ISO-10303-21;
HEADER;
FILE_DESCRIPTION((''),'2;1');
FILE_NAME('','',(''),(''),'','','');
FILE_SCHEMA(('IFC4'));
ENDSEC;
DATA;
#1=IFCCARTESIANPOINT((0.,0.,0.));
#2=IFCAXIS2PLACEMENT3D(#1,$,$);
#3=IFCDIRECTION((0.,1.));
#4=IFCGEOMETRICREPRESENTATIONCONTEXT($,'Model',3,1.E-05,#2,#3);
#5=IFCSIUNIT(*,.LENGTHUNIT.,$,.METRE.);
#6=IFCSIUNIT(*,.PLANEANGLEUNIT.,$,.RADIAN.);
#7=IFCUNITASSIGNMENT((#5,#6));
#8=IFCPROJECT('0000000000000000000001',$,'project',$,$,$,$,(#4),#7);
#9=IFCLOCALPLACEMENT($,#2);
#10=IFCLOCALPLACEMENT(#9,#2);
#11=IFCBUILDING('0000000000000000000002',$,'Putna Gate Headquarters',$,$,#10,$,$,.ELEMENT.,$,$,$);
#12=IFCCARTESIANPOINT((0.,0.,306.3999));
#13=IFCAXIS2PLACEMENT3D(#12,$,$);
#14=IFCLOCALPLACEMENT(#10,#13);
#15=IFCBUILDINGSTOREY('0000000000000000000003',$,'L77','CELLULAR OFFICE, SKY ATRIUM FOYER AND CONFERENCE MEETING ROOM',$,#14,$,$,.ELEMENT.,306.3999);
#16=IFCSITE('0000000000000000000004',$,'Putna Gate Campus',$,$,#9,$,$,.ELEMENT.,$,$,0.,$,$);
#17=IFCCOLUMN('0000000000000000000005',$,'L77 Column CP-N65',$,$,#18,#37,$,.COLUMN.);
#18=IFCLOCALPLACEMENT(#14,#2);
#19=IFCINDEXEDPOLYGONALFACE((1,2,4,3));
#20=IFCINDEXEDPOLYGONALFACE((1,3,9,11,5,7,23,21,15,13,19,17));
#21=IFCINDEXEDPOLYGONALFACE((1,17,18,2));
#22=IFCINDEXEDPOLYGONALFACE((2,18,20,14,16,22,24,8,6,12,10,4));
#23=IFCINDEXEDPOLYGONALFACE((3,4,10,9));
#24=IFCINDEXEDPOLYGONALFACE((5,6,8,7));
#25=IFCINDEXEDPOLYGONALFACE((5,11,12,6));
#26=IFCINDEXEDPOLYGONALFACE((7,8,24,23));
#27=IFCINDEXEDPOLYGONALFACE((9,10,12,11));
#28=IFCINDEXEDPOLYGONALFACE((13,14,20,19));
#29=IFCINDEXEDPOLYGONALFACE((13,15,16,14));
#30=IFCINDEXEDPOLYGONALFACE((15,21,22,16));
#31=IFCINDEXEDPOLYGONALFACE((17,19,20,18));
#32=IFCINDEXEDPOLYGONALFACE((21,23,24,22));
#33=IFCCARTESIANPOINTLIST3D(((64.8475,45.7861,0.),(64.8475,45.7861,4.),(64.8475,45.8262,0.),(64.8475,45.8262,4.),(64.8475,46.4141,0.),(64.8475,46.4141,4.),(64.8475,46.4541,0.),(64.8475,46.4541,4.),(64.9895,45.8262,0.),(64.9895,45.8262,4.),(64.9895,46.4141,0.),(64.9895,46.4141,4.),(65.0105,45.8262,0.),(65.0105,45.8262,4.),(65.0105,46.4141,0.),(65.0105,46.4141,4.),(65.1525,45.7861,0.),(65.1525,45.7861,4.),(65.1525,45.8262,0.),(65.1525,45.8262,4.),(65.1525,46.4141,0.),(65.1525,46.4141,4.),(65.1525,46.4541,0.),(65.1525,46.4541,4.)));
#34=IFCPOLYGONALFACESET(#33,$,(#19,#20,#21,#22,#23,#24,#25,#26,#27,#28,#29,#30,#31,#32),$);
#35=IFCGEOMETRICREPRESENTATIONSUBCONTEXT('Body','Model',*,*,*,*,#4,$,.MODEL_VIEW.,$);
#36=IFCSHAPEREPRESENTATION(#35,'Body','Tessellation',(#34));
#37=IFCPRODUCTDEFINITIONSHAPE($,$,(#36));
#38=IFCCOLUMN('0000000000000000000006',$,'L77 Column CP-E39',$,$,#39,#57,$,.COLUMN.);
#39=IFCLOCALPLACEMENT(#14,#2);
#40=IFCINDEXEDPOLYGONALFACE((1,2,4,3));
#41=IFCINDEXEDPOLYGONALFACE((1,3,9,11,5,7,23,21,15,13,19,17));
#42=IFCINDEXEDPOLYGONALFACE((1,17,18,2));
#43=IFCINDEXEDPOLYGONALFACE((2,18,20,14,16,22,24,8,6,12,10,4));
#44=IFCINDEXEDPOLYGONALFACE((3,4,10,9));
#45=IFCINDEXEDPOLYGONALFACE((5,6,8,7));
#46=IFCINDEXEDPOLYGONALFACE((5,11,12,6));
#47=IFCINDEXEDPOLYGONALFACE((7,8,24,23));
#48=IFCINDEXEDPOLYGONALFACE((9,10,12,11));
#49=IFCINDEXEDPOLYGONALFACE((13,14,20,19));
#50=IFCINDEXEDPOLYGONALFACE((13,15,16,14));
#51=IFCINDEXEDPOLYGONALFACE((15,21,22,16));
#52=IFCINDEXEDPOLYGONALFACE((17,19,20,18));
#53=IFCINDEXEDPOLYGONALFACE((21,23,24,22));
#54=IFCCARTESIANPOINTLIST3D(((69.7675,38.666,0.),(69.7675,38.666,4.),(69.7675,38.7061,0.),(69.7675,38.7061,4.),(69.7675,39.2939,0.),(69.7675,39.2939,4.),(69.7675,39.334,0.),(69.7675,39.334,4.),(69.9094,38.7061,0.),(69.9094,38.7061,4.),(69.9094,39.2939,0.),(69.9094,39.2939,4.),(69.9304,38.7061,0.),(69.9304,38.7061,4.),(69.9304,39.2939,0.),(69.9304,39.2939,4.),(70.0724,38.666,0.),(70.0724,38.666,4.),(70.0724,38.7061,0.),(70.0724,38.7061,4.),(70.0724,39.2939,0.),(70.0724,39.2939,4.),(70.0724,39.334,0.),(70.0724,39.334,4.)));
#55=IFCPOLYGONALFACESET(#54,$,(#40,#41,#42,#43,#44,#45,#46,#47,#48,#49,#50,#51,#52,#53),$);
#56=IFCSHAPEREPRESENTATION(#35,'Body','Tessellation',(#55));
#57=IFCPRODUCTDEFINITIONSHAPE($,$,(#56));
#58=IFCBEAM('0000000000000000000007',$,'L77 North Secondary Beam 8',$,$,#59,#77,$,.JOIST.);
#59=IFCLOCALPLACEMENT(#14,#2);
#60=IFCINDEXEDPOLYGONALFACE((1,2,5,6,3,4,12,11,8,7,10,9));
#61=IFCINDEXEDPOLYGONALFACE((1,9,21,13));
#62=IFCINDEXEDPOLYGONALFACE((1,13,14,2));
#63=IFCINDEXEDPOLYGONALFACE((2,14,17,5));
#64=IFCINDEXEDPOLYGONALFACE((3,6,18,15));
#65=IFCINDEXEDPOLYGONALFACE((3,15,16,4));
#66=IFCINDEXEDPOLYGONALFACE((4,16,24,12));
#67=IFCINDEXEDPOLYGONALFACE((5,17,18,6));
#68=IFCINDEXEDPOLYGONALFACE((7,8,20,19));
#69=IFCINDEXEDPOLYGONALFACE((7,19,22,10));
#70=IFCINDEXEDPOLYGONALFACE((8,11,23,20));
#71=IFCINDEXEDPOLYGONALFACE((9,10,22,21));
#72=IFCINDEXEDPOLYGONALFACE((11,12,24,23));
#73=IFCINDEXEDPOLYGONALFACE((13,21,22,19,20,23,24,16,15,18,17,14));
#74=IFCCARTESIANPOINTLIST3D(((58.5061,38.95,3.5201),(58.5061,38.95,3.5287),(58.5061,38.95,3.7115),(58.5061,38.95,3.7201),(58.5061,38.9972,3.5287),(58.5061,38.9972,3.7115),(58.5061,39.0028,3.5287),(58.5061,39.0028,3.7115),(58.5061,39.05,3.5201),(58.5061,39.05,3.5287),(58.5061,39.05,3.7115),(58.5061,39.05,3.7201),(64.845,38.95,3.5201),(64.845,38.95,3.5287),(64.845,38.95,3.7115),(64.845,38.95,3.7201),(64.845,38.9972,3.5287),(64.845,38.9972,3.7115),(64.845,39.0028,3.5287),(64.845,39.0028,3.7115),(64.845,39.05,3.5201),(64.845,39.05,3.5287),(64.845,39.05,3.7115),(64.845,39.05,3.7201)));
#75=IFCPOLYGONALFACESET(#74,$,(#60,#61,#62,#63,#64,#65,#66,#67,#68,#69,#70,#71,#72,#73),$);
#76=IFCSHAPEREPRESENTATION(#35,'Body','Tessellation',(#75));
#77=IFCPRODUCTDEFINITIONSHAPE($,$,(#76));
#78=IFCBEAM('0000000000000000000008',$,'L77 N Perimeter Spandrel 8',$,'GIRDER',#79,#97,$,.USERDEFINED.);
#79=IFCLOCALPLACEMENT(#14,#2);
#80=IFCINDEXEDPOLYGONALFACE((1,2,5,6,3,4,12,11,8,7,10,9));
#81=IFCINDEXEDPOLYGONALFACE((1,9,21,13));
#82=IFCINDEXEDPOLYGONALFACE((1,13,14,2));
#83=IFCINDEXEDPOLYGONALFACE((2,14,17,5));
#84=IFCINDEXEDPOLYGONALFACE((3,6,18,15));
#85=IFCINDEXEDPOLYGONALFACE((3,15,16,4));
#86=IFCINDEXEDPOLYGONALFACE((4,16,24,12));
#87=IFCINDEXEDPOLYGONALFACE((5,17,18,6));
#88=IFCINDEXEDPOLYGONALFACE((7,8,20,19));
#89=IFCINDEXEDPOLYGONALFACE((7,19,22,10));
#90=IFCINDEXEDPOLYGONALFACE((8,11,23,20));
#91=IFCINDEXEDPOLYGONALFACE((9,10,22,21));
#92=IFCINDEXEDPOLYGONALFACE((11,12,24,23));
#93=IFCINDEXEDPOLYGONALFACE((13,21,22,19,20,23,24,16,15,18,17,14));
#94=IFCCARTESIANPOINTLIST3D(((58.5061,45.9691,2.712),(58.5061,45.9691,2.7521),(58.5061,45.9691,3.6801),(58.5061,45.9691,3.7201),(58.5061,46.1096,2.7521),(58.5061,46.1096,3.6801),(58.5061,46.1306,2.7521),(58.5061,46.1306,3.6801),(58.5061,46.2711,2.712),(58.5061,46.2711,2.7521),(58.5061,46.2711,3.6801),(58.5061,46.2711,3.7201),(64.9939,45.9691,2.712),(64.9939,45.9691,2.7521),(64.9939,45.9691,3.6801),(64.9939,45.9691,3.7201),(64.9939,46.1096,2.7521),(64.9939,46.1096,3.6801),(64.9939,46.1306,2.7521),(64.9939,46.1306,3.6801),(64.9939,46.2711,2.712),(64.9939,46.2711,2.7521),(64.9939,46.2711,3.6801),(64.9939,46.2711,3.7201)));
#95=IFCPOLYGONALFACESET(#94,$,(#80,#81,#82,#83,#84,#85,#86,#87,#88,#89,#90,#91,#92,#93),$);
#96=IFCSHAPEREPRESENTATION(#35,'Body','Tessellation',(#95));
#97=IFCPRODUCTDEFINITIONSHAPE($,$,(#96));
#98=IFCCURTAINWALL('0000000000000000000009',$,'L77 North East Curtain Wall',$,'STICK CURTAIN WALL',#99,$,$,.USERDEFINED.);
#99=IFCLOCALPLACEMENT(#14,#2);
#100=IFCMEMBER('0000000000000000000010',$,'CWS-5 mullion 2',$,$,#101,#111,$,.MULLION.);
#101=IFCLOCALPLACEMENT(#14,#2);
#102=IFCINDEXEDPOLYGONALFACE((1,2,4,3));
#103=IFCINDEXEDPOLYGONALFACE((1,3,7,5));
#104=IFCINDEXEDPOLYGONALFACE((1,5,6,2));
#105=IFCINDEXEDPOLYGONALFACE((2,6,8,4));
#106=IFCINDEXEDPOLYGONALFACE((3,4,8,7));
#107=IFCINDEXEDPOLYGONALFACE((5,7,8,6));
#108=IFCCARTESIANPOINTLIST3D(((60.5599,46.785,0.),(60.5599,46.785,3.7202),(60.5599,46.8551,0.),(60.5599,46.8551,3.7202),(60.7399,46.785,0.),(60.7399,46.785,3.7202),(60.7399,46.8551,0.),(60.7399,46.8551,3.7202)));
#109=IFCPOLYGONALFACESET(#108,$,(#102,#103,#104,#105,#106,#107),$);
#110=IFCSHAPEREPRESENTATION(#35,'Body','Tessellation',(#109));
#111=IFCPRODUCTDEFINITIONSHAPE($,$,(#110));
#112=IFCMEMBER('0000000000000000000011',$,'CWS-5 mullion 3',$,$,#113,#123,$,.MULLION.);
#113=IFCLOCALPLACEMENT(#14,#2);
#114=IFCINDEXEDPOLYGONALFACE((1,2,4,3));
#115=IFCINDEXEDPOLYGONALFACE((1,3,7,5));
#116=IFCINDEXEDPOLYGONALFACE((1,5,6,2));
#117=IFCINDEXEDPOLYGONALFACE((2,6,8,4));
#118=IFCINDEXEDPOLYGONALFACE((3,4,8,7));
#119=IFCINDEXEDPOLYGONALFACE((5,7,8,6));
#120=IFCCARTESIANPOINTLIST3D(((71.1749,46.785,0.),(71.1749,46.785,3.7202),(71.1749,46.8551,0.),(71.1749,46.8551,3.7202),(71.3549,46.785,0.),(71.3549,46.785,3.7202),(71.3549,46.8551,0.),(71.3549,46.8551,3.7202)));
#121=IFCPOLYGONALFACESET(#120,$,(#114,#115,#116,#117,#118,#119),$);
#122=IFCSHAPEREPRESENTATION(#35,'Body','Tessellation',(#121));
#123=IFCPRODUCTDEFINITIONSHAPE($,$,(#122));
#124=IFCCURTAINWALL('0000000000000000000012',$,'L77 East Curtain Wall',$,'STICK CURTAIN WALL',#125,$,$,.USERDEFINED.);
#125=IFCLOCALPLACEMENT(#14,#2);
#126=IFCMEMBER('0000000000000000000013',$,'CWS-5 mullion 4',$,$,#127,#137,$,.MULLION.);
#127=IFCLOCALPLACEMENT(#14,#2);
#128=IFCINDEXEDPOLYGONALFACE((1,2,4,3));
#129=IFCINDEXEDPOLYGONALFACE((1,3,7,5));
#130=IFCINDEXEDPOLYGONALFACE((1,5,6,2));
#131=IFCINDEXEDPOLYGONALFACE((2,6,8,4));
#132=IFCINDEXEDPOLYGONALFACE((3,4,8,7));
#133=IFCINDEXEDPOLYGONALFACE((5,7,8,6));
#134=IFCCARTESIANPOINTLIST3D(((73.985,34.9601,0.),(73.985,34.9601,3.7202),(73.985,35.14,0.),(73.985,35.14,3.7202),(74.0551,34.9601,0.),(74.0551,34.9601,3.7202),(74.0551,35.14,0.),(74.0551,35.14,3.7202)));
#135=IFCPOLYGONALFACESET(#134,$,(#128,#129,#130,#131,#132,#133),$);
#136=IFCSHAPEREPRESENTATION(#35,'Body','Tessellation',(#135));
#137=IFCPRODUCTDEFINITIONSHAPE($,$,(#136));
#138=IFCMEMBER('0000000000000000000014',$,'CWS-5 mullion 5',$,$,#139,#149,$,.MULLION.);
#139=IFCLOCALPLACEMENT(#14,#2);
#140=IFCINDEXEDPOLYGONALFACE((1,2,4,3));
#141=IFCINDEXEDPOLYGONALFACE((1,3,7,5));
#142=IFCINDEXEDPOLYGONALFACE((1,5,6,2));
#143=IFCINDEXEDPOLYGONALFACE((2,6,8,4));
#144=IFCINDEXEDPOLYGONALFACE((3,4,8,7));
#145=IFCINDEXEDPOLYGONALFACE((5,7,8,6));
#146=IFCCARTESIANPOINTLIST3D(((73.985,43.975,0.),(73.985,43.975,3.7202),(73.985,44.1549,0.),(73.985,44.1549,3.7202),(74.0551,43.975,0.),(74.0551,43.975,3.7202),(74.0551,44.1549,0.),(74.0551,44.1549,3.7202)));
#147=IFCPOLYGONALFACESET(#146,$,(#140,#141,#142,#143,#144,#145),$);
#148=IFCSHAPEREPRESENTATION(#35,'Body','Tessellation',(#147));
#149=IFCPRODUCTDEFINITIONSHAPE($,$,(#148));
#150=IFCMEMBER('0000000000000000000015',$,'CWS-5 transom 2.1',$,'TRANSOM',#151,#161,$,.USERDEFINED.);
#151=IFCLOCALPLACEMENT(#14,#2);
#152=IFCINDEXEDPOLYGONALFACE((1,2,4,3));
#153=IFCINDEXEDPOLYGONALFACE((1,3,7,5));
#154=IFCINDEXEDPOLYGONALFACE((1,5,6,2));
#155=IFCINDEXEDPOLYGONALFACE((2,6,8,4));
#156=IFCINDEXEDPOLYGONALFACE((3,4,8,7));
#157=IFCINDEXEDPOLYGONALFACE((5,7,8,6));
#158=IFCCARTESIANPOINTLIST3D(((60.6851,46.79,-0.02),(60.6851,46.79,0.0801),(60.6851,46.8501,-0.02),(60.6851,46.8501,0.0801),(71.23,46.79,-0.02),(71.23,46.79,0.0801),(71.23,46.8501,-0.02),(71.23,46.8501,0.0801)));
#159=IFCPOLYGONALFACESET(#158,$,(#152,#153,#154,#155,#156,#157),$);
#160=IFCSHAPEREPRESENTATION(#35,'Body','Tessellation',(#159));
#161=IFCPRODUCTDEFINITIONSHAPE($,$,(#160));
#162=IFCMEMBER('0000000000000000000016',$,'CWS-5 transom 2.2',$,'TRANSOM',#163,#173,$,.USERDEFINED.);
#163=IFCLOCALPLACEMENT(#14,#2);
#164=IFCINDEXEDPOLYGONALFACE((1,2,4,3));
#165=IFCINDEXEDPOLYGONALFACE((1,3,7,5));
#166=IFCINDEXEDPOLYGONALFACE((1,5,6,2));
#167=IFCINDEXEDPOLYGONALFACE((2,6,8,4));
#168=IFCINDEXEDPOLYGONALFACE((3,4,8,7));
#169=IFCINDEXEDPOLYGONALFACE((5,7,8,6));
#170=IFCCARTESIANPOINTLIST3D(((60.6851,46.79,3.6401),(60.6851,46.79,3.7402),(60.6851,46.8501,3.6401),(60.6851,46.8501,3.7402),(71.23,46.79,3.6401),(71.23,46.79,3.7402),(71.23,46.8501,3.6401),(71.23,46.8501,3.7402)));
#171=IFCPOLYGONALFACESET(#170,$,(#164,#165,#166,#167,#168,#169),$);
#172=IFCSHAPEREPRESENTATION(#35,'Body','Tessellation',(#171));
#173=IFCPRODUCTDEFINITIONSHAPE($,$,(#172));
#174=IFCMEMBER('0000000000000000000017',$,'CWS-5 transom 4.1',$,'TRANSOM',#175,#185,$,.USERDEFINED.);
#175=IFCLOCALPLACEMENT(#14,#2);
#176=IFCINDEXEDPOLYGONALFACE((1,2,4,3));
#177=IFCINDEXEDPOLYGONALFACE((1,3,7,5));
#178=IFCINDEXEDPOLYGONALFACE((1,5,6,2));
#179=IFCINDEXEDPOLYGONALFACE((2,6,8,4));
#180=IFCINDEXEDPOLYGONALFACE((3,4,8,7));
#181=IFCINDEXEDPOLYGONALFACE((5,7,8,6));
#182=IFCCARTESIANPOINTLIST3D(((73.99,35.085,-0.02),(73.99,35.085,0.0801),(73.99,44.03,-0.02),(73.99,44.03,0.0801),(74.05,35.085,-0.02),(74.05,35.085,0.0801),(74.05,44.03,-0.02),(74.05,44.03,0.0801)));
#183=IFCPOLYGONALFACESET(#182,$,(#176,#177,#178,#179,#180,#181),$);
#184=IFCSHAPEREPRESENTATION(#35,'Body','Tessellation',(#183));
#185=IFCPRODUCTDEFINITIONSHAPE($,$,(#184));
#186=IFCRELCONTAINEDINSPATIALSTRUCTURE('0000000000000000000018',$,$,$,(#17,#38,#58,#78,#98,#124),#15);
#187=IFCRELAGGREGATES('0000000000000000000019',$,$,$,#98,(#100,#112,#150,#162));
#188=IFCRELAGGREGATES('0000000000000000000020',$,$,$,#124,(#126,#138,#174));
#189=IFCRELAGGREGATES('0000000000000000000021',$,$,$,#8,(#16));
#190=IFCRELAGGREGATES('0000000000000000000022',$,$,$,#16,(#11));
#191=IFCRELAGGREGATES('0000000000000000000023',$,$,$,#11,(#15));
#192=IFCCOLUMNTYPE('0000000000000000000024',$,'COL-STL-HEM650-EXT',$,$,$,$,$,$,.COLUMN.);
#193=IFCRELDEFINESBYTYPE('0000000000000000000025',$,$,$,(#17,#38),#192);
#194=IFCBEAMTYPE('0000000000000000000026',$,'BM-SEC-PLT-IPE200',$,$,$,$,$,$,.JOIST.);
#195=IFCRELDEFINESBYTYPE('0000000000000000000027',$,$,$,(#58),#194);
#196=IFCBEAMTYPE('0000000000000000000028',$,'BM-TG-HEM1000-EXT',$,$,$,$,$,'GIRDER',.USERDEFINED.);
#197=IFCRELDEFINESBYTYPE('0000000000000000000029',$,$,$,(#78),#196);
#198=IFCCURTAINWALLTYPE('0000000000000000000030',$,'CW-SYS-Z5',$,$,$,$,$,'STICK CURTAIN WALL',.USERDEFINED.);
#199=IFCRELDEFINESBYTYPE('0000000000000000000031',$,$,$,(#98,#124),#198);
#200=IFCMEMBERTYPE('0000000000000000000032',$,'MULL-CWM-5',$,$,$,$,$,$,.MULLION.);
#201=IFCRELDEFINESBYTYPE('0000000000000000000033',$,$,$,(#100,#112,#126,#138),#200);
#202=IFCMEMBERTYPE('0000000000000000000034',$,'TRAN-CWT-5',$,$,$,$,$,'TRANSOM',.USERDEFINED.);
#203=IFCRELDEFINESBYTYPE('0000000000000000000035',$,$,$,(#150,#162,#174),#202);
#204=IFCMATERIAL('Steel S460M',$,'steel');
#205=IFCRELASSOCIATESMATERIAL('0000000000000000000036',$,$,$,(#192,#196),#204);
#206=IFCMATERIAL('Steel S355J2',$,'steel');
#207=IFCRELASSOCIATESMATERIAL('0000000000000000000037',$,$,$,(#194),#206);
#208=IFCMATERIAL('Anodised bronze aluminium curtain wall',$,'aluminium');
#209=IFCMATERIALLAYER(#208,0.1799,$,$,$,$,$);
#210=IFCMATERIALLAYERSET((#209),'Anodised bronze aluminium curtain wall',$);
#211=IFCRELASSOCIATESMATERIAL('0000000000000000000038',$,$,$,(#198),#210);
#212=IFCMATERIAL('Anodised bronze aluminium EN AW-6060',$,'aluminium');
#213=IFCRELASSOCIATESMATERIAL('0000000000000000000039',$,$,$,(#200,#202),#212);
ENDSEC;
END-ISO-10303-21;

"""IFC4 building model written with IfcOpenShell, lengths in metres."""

from ifc_helpers import new_model, si_unit, direction, frame, origin, origin_2d, place, context, subcontext, project, spatial, rectangle, i_section, extrude, material, layer, layer_set, material_profile, profile_set, type_object, element, aggregate, save


model = new_model("IFC4")

# Units and contexts
model_context = context("Model", 3, precision=1e-05, world=origin(), true_north=direction((0.0, 1.0)))
body_context = subcontext(model_context, "Body", "Model", "MODEL_VIEW")
ifc_project = project(units=[si_unit("LENGTHUNIT", "METRE"), si_unit("PLANEANGLEUNIT", "RADIAN")], contexts=[model_context])

# Site, building, storey
site_placement = place(None, origin())
site = spatial("IfcSite", under=ifc_project, at=site_placement, Name="Putna Gate Campus", CompositionType="ELEMENT", RefElevation=0.0)
building_placement = place(site_placement, origin())
building = spatial("IfcBuilding", under=site, at=building_placement, Name="Putna Gate Headquarters", CompositionType="ELEMENT")
storey_placement = place(building_placement, frame((0.0, 0.0, 306.3999)))
storey = spatial("IfcBuildingStorey", under=building, at=storey_placement, Name="L77", Description="CELLULAR OFFICE, SKY ATRIUM FOYER AND CONFERENCE MEETING ROOM", CompositionType="ELEMENT", Elevation=306.3999)

# Columns
ifc_material_1 = material(Name="Steel S460M", Category="steel")
ifc_material_profile_1 = material_profile(ifc_material_1, i_section(OverallWidth=0.3049, OverallDepth=0.668, WebThickness=0.021, FlangeThickness=0.04, at=origin_2d()), Name="Steel S460M")
ifc_profile_set_1 = profile_set([ifc_material_profile_1], Name="Steel S460M")
column_type = type_object("IfcColumnType", Name="COL-STL-HEM650-EXT", PredefinedType="COLUMN", material=ifc_profile_set_1)
for number, where, z_axis, x_axis, name in (
    (1, (65.0, 46.1201, 0.0), (0.0, 0.0, 1.0), (1.0, 0.0, 0.0), "L77 Column CP-N65"),
    (2, (69.9199, 39.0, 0.0), (0.0, 0.0, 1.0), (1.0, 0.0, 0.0), "L77 Column CP-E39"),
):
    element("IfcColumn", number, at=place(storey_placement, frame(where, z_axis=z_axis, x_axis=x_axis)), inside=storey, type_object=column_type, Name=name, PredefinedType="COLUMN", context=body_context, shape_type="SweptSolid", body=[
        extrude(i_section(OverallWidth=0.3049, OverallDepth=0.668, WebThickness=0.021, FlangeThickness=0.04, at=origin_2d()), origin(), (0.0, 0.0, 1.0), 4.0),
    ])

# Beams
ifc_material_2 = material(Name="Steel S355J2", Category="steel")
ifc_material_profile_2 = material_profile(ifc_material_2, i_section(OverallWidth=0.1001, OverallDepth=0.2, WebThickness=0.0056, FlangeThickness=0.0085, at=origin_2d()), Name="Steel S355J2")
ifc_profile_set_2 = profile_set([ifc_material_profile_2], Name="Steel S355J2")
beam_type_1 = type_object("IfcBeamType", Name="BM-SEC-PLT-IPE200", PredefinedType="JOIST", material=ifc_profile_set_2)
beam_1_placement = place(storey_placement, frame((58.5061, 39.0, 3.6201), z_axis=(1.0, 0.0, 0.0), x_axis=(0.0, 1.0, 0.0)))
element("IfcBeam", 3, at=beam_1_placement, inside=storey, type_object=beam_type_1, Name="L77 North Secondary Beam 8", PredefinedType="JOIST", context=body_context, shape_type="SweptSolid", body=[
    extrude(i_section(OverallWidth=0.1001, OverallDepth=0.2, WebThickness=0.0056, FlangeThickness=0.0085, at=origin_2d()), origin(), (0.0, 0.0, 1.0), 6.3389),
])
ifc_material_profile_3 = material_profile(ifc_material_1, i_section(OverallWidth=0.302, OverallDepth=1.0081, WebThickness=0.021, FlangeThickness=0.04, at=origin_2d()), Name="Steel S460M")
ifc_profile_set_3 = profile_set([ifc_material_profile_3], Name="Steel S460M")
beam_type_2 = type_object("IfcBeamType", Name="BM-TG-HEM1000-EXT", ElementType="GIRDER", PredefinedType="USERDEFINED", material=ifc_profile_set_3)
beam_2_placement = place(storey_placement, frame((58.5061, 46.1201, 3.2161), z_axis=(1.0, 0.0, 0.0), x_axis=(0.0, 1.0, 0.0)))
element("IfcBeam", 4, at=beam_2_placement, inside=storey, type_object=beam_type_2, Name="L77 N Perimeter Spandrel 8", ObjectType="GIRDER", PredefinedType="USERDEFINED", context=body_context, shape_type="SweptSolid", body=[
    extrude(i_section(OverallWidth=0.302, OverallDepth=1.0081, WebThickness=0.021, FlangeThickness=0.04, at=origin_2d()), origin(), (0.0, 0.0, 1.0), 6.4878),
])

# Curtain walls, members
ifc_material_3 = material(Name="Anodised bronze aluminium curtain wall", Category="aluminium")
ifc_layer_1 = layer(ifc_material_3, 0.1799)
ifc_layer_set_1 = layer_set([ifc_layer_1], Name="Anodised bronze aluminium curtain wall")
curtain_wall_type = type_object("IfcCurtainWallType", Name="CW-SYS-Z5", ElementType="STICK CURTAIN WALL", PredefinedType="USERDEFINED", material=ifc_layer_set_1)
curtain_wall_1_placement = place(storey_placement, origin())
curtain_wall_1 = element("IfcCurtainWall", 5, at=curtain_wall_1_placement, inside=storey, type_object=curtain_wall_type, Name="L77 North East Curtain Wall", ObjectType="STICK CURTAIN WALL", PredefinedType="USERDEFINED")
ifc_material_4 = material(Name="Anodised bronze aluminium EN AW-6060", Category="aluminium")
ifc_material_profile_4 = material_profile(ifc_material_4, rectangle(XDim=0.0701, YDim=0.1799, at=origin_2d()), Name="Anodised bronze aluminium EN AW-6060")
ifc_profile_set_4 = profile_set([ifc_material_profile_4], Name="Anodised bronze aluminium EN AW-6060")
member_type_1 = type_object("IfcMemberType", Name="MULL-CWM-5", PredefinedType="MULLION", material=ifc_profile_set_4)
member_1_placement = place(storey_placement, frame((60.6499, 46.8201, 0.0), z_axis=(0.0, 0.0, 1.0), x_axis=(0.0, 1.0, 0.0)))
member_1 = element("IfcMember", 6, at=member_1_placement, type_object=member_type_1, Name="CWS-5 mullion 2", PredefinedType="MULLION", context=body_context, shape_type="SweptSolid", body=[
    extrude(rectangle(XDim=0.0701, YDim=0.1799, at=origin_2d()), origin(), (0.0, 0.0, 1.0), 3.7202),
])
member_2_placement = place(storey_placement, frame((71.2649, 46.8201, 0.0), z_axis=(0.0, 0.0, 1.0), x_axis=(0.0, 1.0, 0.0)))
member_2 = element("IfcMember", 7, at=member_2_placement, type_object=member_type_1, Name="CWS-5 mullion 3", PredefinedType="MULLION", context=body_context, shape_type="SweptSolid", body=[
    extrude(rectangle(XDim=0.0701, YDim=0.1799, at=origin_2d()), origin(), (0.0, 0.0, 1.0), 3.7202),
])
curtain_wall_2_placement = place(storey_placement, origin())
curtain_wall_2 = element("IfcCurtainWall", 8, at=curtain_wall_2_placement, inside=storey, type_object=curtain_wall_type, Name="L77 East Curtain Wall", ObjectType="STICK CURTAIN WALL", PredefinedType="USERDEFINED")
member_3_placement = place(storey_placement, frame((74.02, 35.05, 0.0), z_axis=(0.0, 0.0, 1.0), x_axis=(-1.0, 0.0, 0.0)))
member_3 = element("IfcMember", 9, at=member_3_placement, type_object=member_type_1, Name="CWS-5 mullion 4", PredefinedType="MULLION", context=body_context, shape_type="SweptSolid", body=[
    extrude(rectangle(XDim=0.0701, YDim=0.1799, at=origin_2d()), origin(), (0.0, 0.0, 1.0), 3.7202),
])
member_4_placement = place(storey_placement, frame((74.02, 44.0649, 0.0), z_axis=(0.0, 0.0, 1.0), x_axis=(-1.0, 0.0, 0.0)))
member_4 = element("IfcMember", 10, at=member_4_placement, type_object=member_type_1, Name="CWS-5 mullion 5", PredefinedType="MULLION", context=body_context, shape_type="SweptSolid", body=[
    extrude(rectangle(XDim=0.0701, YDim=0.1799, at=origin_2d()), origin(), (0.0, 0.0, 1.0), 3.7202),
])

# Members
ifc_material_profile_5 = material_profile(ifc_material_4, rectangle(XDim=0.0601, YDim=0.1001, at=origin_2d()), Name="Anodised bronze aluminium EN AW-6060")
ifc_profile_set_5 = profile_set([ifc_material_profile_5], Name="Anodised bronze aluminium EN AW-6060")
member_type_2 = type_object("IfcMemberType", Name="TRAN-CWT-5", ElementType="TRANSOM", PredefinedType="USERDEFINED", material=ifc_profile_set_5)
member_5_placement = place(storey_placement, frame((60.6851, 46.8201, 0.03), z_axis=(1.0, 0.0, 0.0), x_axis=(0.0, 1.0, 0.0)))
member_5 = element("IfcMember", 11, at=member_5_placement, type_object=member_type_2, Name="CWS-5 transom 2.1", ObjectType="TRANSOM", PredefinedType="USERDEFINED", context=body_context, shape_type="SweptSolid", body=[
    extrude(rectangle(XDim=0.0601, YDim=0.1001, at=origin_2d()), origin(), (0.0, 0.0, 1.0), 10.5449),
])
member_6_placement = place(storey_placement, frame((60.6851, 46.8201, 3.6902), z_axis=(1.0, 0.0, 0.0), x_axis=(0.0, 1.0, 0.0)))
member_6 = element("IfcMember", 12, at=member_6_placement, type_object=member_type_2, Name="CWS-5 transom 2.2", ObjectType="TRANSOM", PredefinedType="USERDEFINED", context=body_context, shape_type="SweptSolid", body=[
    extrude(rectangle(XDim=0.0601, YDim=0.1001, at=origin_2d()), origin(), (0.0, 0.0, 1.0), 10.5449),
])
member_7_placement = place(storey_placement, frame((74.02, 35.085, 0.03), z_axis=(0.0, 1.0, 0.0), x_axis=(-1.0, 0.0, 0.0)))
member_7 = element("IfcMember", 13, at=member_7_placement, type_object=member_type_2, Name="CWS-5 transom 4.1", ObjectType="TRANSOM", PredefinedType="USERDEFINED", context=body_context, shape_type="SweptSolid", body=[
    extrude(rectangle(XDim=0.0601, YDim=0.1001, at=origin_2d()), origin(), (0.0, 0.0, 1.0), 8.9451),
])

aggregate(curtain_wall_1, [member_1, member_2, member_5, member_6])
aggregate(curtain_wall_2, [member_3, member_4, member_7])

save(model, "model.ifc")
